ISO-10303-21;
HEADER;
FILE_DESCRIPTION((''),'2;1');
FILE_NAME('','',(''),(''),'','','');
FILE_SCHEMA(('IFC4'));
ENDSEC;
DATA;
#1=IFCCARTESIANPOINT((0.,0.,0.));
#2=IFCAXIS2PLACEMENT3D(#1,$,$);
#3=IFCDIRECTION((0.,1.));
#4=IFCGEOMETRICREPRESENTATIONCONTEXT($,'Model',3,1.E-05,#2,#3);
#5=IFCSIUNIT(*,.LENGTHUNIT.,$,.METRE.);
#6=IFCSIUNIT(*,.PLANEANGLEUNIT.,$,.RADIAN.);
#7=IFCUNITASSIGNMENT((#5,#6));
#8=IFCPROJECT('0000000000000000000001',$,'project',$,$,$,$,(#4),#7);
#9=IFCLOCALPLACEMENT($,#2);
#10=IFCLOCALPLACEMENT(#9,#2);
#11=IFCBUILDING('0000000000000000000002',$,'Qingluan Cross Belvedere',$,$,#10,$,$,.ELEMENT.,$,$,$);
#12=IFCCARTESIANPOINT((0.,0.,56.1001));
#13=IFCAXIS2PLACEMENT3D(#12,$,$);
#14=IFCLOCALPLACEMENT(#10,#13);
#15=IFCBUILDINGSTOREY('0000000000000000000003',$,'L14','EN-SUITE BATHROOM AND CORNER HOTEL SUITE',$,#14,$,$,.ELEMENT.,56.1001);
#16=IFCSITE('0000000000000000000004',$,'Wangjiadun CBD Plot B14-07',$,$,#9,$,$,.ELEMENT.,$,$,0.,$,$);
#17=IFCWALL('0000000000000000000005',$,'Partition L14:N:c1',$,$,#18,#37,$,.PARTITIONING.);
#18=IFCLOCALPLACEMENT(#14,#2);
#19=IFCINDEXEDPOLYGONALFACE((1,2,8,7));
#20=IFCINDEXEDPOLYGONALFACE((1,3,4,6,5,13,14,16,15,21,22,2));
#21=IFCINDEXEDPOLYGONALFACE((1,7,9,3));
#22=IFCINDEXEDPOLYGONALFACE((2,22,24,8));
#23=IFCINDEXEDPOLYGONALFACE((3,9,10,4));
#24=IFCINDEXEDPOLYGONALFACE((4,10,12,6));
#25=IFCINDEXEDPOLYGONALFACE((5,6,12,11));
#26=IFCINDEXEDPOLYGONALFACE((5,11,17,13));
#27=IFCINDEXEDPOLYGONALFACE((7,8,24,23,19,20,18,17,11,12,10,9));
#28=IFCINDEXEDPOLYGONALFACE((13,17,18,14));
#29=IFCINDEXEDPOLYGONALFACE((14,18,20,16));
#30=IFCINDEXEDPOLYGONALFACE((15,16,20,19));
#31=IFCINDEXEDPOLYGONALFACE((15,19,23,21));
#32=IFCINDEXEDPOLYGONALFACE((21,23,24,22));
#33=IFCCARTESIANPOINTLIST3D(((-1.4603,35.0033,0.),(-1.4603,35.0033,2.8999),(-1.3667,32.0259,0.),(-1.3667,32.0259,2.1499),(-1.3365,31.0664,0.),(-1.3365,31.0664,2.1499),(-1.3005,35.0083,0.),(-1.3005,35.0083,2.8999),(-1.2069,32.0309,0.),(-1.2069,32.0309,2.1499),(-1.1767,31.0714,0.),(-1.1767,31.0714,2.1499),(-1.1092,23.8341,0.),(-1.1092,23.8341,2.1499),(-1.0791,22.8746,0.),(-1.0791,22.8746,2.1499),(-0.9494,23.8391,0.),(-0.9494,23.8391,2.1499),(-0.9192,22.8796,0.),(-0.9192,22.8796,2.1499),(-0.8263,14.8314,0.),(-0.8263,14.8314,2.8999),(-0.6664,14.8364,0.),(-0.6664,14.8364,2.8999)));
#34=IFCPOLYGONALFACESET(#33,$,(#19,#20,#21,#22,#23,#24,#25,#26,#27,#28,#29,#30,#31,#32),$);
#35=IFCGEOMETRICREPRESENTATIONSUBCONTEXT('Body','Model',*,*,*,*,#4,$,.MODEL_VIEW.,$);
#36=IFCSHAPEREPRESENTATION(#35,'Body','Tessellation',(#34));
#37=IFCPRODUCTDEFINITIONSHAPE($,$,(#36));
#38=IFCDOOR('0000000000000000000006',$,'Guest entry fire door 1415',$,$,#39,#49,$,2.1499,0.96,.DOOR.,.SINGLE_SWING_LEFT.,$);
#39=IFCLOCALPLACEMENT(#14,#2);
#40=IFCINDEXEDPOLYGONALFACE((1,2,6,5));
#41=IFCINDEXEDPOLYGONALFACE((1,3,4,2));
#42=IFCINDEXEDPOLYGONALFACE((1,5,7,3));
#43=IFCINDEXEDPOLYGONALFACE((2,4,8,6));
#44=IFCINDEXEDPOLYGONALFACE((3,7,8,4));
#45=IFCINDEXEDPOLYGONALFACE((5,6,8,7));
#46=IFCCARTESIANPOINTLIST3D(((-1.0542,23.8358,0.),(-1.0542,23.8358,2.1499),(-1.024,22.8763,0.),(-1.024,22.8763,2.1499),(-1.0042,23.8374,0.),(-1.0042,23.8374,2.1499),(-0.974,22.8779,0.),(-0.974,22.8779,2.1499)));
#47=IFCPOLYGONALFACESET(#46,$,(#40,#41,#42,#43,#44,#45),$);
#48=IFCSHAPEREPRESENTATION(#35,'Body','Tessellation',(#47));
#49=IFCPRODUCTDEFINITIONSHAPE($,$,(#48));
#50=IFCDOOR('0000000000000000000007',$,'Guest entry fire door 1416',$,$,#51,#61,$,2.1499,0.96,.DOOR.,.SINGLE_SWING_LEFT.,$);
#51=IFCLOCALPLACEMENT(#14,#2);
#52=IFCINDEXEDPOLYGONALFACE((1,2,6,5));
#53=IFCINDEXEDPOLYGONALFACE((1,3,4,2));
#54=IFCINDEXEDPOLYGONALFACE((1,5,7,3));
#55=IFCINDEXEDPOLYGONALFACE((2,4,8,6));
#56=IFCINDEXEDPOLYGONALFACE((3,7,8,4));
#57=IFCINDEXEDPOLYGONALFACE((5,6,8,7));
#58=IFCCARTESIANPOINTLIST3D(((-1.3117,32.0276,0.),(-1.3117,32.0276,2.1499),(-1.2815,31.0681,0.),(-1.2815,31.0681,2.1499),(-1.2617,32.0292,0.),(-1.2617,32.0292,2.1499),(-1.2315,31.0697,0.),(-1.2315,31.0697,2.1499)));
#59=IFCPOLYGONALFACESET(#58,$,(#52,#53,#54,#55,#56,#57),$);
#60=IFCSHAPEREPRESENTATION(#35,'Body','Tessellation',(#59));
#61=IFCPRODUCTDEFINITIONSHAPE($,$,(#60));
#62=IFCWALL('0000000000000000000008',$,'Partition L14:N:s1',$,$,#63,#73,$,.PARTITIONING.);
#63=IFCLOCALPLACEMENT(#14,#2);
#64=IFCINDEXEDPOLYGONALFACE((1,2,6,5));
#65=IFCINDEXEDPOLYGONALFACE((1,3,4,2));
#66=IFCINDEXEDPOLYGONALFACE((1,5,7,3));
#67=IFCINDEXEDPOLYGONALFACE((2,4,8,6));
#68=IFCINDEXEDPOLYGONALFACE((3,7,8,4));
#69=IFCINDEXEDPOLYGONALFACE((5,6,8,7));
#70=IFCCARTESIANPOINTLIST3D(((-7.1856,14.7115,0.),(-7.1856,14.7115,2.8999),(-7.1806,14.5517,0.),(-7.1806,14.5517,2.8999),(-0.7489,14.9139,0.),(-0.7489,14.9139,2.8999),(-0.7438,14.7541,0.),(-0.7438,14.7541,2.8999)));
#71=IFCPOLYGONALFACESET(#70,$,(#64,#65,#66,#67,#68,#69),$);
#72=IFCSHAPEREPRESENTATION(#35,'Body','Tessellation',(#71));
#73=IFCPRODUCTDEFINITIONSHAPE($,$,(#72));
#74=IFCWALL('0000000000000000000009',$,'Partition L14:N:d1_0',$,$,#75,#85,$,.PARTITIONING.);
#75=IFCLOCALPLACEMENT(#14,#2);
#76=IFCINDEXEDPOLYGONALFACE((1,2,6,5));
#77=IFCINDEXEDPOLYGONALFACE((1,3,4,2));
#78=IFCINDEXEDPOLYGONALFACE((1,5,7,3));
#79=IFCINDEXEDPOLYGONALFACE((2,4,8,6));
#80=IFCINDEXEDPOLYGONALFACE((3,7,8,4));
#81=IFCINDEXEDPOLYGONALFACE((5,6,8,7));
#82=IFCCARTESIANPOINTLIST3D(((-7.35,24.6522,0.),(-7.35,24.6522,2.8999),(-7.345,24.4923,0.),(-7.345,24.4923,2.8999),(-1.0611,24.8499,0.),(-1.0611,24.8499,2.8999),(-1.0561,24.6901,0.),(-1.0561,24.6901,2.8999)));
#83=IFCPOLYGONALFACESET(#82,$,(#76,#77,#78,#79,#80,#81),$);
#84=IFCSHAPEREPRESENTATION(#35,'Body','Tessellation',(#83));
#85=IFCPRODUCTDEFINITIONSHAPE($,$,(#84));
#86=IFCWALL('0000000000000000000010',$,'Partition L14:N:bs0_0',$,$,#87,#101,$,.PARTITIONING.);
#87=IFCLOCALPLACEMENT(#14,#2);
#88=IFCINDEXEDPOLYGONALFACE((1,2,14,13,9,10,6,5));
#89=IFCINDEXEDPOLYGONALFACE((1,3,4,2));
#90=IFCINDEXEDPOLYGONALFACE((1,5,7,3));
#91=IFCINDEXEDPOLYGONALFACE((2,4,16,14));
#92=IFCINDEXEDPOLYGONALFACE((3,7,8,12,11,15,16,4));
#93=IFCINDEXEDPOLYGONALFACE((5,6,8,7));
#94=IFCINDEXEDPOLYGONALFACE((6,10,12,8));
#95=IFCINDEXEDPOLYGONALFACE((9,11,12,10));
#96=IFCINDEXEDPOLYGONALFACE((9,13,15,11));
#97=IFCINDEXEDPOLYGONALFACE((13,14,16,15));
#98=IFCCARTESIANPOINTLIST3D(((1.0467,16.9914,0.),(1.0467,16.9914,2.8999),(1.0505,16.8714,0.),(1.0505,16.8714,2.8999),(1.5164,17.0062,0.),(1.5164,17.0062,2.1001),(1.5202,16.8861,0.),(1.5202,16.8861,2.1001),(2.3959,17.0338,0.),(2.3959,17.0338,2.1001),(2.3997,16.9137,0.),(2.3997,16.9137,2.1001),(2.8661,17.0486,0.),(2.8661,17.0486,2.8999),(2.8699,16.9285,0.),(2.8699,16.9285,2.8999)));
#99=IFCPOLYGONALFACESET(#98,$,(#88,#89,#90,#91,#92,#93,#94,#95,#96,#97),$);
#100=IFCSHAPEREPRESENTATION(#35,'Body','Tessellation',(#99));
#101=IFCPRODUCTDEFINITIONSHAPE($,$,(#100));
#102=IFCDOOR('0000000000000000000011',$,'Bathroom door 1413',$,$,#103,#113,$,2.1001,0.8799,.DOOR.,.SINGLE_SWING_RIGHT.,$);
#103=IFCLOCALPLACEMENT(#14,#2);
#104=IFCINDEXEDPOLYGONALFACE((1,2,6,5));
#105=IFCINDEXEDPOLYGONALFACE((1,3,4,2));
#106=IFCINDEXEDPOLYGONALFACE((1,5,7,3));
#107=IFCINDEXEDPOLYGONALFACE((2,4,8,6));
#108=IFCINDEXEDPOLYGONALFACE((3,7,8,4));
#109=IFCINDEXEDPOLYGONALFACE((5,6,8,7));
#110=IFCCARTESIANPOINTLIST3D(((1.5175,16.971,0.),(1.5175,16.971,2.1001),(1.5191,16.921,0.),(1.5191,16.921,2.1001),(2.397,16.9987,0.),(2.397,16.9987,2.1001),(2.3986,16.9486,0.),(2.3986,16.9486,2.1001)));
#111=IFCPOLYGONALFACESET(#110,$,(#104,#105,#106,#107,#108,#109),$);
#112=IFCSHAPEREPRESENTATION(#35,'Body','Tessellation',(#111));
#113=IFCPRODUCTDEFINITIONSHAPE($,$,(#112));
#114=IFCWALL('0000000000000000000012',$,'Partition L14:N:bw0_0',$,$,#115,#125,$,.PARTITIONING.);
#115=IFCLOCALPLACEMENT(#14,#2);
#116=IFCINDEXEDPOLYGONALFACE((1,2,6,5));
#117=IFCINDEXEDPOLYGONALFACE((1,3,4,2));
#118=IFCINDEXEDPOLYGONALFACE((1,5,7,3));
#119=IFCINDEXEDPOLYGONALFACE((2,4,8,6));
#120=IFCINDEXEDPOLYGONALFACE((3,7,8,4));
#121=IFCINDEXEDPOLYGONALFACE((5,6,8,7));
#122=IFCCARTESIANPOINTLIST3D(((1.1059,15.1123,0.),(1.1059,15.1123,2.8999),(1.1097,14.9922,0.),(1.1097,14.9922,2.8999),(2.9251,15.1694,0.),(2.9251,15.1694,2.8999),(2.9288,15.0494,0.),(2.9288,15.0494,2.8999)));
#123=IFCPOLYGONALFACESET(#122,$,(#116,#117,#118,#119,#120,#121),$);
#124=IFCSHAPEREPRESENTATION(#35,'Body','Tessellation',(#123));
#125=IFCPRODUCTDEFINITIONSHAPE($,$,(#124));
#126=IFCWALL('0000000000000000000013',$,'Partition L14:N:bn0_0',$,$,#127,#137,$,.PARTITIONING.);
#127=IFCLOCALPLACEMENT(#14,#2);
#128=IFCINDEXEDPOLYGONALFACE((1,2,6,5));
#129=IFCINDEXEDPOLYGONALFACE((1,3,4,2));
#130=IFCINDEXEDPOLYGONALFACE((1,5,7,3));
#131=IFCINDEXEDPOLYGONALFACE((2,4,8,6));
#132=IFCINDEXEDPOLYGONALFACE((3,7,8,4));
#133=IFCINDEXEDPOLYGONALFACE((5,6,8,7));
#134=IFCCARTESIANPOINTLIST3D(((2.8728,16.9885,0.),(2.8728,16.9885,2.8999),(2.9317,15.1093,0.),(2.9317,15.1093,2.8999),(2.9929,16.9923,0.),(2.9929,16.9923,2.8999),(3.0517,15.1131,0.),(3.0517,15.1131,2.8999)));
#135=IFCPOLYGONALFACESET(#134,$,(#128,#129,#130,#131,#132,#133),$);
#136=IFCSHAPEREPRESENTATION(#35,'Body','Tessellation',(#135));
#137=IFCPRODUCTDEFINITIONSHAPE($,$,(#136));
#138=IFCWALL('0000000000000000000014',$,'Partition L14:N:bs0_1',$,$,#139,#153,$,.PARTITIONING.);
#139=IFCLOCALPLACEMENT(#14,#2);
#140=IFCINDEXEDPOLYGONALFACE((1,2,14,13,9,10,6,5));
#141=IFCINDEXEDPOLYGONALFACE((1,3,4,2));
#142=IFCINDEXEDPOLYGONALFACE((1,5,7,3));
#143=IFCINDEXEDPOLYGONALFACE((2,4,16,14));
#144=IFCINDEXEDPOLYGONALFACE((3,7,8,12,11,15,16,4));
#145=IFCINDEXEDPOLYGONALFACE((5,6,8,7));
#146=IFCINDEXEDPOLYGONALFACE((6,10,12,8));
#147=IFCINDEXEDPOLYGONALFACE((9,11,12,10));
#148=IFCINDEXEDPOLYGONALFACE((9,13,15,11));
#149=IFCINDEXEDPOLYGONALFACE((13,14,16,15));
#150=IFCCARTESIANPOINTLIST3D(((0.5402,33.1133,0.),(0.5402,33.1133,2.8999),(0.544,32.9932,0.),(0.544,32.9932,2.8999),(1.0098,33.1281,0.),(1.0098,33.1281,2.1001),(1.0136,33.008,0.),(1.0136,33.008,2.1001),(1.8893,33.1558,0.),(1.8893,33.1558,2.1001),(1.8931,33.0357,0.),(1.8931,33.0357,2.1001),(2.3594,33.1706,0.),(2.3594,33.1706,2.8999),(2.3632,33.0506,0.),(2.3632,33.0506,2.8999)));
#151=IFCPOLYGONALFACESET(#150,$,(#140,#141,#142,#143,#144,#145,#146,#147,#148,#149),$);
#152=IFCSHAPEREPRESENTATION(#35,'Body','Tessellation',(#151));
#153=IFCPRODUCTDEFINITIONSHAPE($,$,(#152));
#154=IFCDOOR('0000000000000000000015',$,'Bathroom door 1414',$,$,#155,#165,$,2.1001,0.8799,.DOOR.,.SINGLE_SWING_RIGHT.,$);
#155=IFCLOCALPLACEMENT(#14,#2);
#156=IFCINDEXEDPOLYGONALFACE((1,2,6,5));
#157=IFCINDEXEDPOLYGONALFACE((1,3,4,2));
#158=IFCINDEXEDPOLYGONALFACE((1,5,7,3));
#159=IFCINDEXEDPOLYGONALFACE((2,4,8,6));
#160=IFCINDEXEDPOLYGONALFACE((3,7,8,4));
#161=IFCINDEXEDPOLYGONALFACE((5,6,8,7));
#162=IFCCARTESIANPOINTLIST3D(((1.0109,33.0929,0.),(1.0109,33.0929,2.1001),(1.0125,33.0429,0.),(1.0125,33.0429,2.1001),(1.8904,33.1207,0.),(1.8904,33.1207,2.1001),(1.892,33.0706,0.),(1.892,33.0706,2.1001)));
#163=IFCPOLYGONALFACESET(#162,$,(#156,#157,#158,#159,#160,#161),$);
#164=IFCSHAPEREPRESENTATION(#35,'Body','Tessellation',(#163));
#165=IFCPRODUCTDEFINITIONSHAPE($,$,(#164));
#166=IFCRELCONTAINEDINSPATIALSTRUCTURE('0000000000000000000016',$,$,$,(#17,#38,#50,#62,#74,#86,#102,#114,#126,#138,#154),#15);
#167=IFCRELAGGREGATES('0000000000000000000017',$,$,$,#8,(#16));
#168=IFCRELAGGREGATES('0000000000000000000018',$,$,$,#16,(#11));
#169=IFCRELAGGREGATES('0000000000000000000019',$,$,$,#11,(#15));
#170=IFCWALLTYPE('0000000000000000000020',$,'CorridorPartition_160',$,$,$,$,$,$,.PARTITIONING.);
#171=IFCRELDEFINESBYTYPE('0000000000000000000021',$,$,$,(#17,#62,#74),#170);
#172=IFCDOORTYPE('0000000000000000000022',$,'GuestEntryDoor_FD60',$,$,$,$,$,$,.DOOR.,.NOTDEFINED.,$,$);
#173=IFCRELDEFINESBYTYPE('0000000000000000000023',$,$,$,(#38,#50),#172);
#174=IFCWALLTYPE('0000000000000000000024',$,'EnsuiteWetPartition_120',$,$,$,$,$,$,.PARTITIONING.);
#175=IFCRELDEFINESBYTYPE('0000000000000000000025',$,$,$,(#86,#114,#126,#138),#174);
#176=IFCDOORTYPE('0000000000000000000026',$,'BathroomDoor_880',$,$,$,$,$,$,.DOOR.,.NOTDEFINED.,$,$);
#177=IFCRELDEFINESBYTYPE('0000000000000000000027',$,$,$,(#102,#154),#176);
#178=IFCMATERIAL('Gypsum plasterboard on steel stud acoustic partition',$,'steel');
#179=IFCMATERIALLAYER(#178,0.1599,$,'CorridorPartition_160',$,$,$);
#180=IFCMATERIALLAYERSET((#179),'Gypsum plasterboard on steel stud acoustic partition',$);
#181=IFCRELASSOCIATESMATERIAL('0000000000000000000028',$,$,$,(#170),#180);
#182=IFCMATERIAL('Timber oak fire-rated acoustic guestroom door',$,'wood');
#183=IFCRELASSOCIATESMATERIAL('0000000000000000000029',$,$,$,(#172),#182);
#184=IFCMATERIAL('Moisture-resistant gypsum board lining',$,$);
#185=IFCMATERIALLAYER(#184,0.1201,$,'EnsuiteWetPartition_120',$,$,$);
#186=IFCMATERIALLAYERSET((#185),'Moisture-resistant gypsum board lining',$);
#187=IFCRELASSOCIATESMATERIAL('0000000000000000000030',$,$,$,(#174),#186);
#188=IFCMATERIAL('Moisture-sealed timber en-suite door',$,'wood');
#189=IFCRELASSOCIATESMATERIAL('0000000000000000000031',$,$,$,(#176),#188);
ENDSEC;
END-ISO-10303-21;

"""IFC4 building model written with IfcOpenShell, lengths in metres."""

from ifc_helpers import new_model, si_unit, direction, frame, frame_2d, origin, place, context, subcontext, project, spatial, rectangle, extrude, material, layer, layer_set, type_object, element, fill, save


model = new_model("IFC4")

# Units and contexts
model_context = context("Model", 3, precision=1e-05, world=origin(), true_north=direction((0.0, 1.0)))
body_context = subcontext(model_context, "Body", "Model", "MODEL_VIEW")
ifc_project = project(units=[si_unit("LENGTHUNIT", "METRE"), si_unit("PLANEANGLEUNIT", "RADIAN")], contexts=[model_context])

# Site, building, storey
site_placement = place(None, origin())
site = spatial("IfcSite", under=ifc_project, at=site_placement, Name="Wangjiadun CBD Plot B14-07", CompositionType="ELEMENT", RefElevation=0.0)
building_placement = place(site_placement, origin())
building = spatial("IfcBuilding", under=site, at=building_placement, Name="Qingluan Cross Belvedere", CompositionType="ELEMENT")
storey_placement = place(building_placement, frame((0.0, 0.0, 56.1001)))
storey = spatial("IfcBuildingStorey", under=building, at=storey_placement, Name="L14", Description="EN-SUITE BATHROOM AND CORNER HOTEL SUITE", CompositionType="ELEMENT", Elevation=56.1001)

# Shared definitions
ifc_material_1 = material(Name="Gypsum plasterboard on steel stud acoustic partition", Category="steel")
ifc_layer_1 = layer(ifc_material_1, 0.1599, Name="CorridorPartition_160")
ifc_layer_set_1 = layer_set([ifc_layer_1], Name="Gypsum plasterboard on steel stud acoustic partition")
wall_type_1 = type_object("IfcWallType", Name="CorridorPartition_160", PredefinedType="PARTITIONING", material=ifc_layer_set_1)
ifc_material_2 = material(Name="Timber oak fire-rated acoustic guestroom door", Category="wood")
door_type_1 = type_object("IfcDoorType", Name="GuestEntryDoor_FD60", OperationType="NOTDEFINED", PredefinedType="DOOR", material=ifc_material_2)

# Wall, openings, doors
wall_1_placement = place(storey_placement, frame((-0.7463, 14.834, 0.0), z_axis=(0.0, 0.0, 1.0), x_axis=(-0.031416, 0.999506, 0.0)))
wall_1 = element("IfcWall", 1, at=wall_1_placement, inside=storey, type_object=wall_type_1, Name="Partition L14:N:c1", PredefinedType="PARTITIONING", context=body_context, shape_type="SweptSolid", body=[
    extrude(rectangle(XDim=20.1819, YDim=0.1599, at=frame_2d((10.0908, 0.0))), origin(), (0.0, 0.0, 1.0), 2.8999),
])
opening_1_placement = place(wall_1_placement, frame((8.0471, 0.0, 0.0)))
opening_1 = element("IfcOpeningElement", 2, at=opening_1_placement, cuts=wall_1, PredefinedType="OPENING", context=body_context, shape_type="SweptSolid", body=[
    extrude(rectangle(XDim=0.96, YDim=2.1499, at=frame_2d((0.48, 1.075))), frame((0.0, 0.0898, 0.0), z_axis=(0.0, -1.0, 0.0), x_axis=(1.0, 0.0, 0.0)), (0.0, 0.0, 1.0), 0.1799),
])
opening_2_placement = place(wall_1_placement, frame((16.2429, 0.0, 0.0)))
opening_2 = element("IfcOpeningElement", 3, at=opening_2_placement, cuts=wall_1, PredefinedType="OPENING", context=body_context, shape_type="SweptSolid", body=[
    extrude(rectangle(XDim=0.96, YDim=2.1499, at=frame_2d((0.48, 1.075))), frame((0.0, 0.0898, 0.0), z_axis=(0.0, -1.0, 0.0), x_axis=(1.0, 0.0, 0.0)), (0.0, 0.0, 1.0), 0.1799),
])
door_1_placement = place(opening_1_placement, origin())
door_1 = element("IfcDoor", 4, at=door_1_placement, inside=storey, type_object=door_type_1, Name="Guest entry fire door 1415", OperationType="SINGLE_SWING_LEFT", OverallHeight=2.1499, OverallWidth=0.96, PredefinedType="DOOR", context=body_context, shape_type="SweptSolid", body=[
    extrude(rectangle(XDim=0.96, YDim=2.1499, at=frame_2d((0.48, 1.075))), frame((0.0, 0.0249, 0.0), z_axis=(0.0, -1.0, 0.0), x_axis=(1.0, 0.0, 0.0)), (0.0, 0.0, 1.0), 0.05),
])
fill(opening_1, door_1)
door_2_placement = place(opening_2_placement, origin())
door_2 = element("IfcDoor", 5, at=door_2_placement, inside=storey, type_object=door_type_1, Name="Guest entry fire door 1416", OperationType="SINGLE_SWING_LEFT", OverallHeight=2.1499, OverallWidth=0.96, PredefinedType="DOOR", context=body_context, shape_type="SweptSolid", body=[
    extrude(rectangle(XDim=0.96, YDim=2.1499, at=frame_2d((0.48, 1.075))), frame((0.0, 0.0249, 0.0), z_axis=(0.0, -1.0, 0.0), x_axis=(1.0, 0.0, 0.0)), (0.0, 0.0, 1.0), 0.05),
])
fill(opening_2, door_2)

# Walls
wall_2_placement = place(storey_placement, frame((-0.7463, 14.834, 0.0), z_axis=(0.0, 0.0, 1.0), x_axis=(-0.999506, -0.031428, 0.0)))
element("IfcWall", 6, at=wall_2_placement, inside=storey, type_object=wall_type_1, Name="Partition L14:N:s1", PredefinedType="PARTITIONING", context=body_context, shape_type="SweptSolid", body=[
    extrude(rectangle(XDim=6.4399, YDim=0.1599, at=frame_2d((3.22, 0.0))), origin(), (0.0, 0.0, 1.0), 2.8999),
])
wall_3_placement = place(storey_placement, frame((-1.0586, 24.77, 0.0), z_axis=(0.0, 0.0, 1.0), x_axis=(-0.999506, -0.03143, 0.0)))
element("IfcWall", 7, at=wall_3_placement, inside=storey, type_object=wall_type_1, Name="Partition L14:N:d1_0", PredefinedType="PARTITIONING", context=body_context, shape_type="SweptSolid", body=[
    extrude(rectangle(XDim=6.292, YDim=0.1599, at=frame_2d((3.146, 0.0))), origin(), (0.0, 0.0, 1.0), 2.8999),
])

# Wall, opening, door
ifc_material_3 = material(Name="Moisture-resistant gypsum board lining")
ifc_layer_2 = layer(ifc_material_3, 0.1201, Name="EnsuiteWetPartition_120")
ifc_layer_set_2 = layer_set([ifc_layer_2], Name="Moisture-resistant gypsum board lining")
wall_type_2 = type_object("IfcWallType", Name="EnsuiteWetPartition_120", PredefinedType="PARTITIONING", material=ifc_layer_set_2)
wall_4_placement = place(storey_placement, frame((1.0486, 16.9314, 0.0), z_axis=(0.0, 0.0, 1.0), x_axis=(0.999507, 0.031385, 0.0)))
wall_4 = element("IfcWall", 8, at=wall_4_placement, inside=storey, type_object=wall_type_2, Name="Partition L14:N:bs0_0", PredefinedType="PARTITIONING", context=body_context, shape_type="SweptSolid", body=[
    extrude(rectangle(XDim=1.8203, YDim=0.1201, at=frame_2d((0.9102, 0.0))), origin(), (0.0, 0.0, 1.0), 2.8999),
])
opening_3_placement = place(wall_4_placement, frame((0.47, 0.0, 0.0)))
opening_3 = element("IfcOpeningElement", 9, at=opening_3_placement, cuts=wall_4, PredefinedType="OPENING", context=body_context, shape_type="SweptSolid", body=[
    extrude(rectangle(XDim=0.8799, YDim=2.1001, at=frame_2d((0.4399, 1.05))), frame((0.0, 0.0701, 0.0), z_axis=(0.0, -1.0, 0.0), x_axis=(1.0, 0.0, 0.0)), (0.0, 0.0, 1.0), 0.1401),
])
ifc_material_4 = material(Name="Moisture-sealed timber en-suite door", Category="wood")
door_type_2 = type_object("IfcDoorType", Name="BathroomDoor_880", OperationType="NOTDEFINED", PredefinedType="DOOR", material=ifc_material_4)
door_3_placement = place(opening_3_placement, origin())
door_3 = element("IfcDoor", 10, at=door_3_placement, inside=storey, type_object=door_type_2, Name="Bathroom door 1413", OperationType="SINGLE_SWING_RIGHT", OverallHeight=2.1001, OverallWidth=0.8799, PredefinedType="DOOR", context=body_context, shape_type="SweptSolid", body=[
    extrude(rectangle(XDim=0.8799, YDim=2.1001, at=frame_2d((0.4399, 1.05))), frame((0.0, 0.0249, 0.0), z_axis=(0.0, -1.0, 0.0), x_axis=(1.0, 0.0, 0.0)), (0.0, 0.0, 1.0), 0.05),
])
fill(opening_3, door_3)

# Walls
wall_5_placement = place(storey_placement, frame((1.1077, 15.0522, 0.0), z_axis=(0.0, 0.0, 1.0), x_axis=(0.999507, 0.03139, 0.0)))
element("IfcWall", 11, at=wall_5_placement, inside=storey, type_object=wall_type_2, Name="Partition L14:N:bw0_0", PredefinedType="PARTITIONING", context=body_context, shape_type="SweptSolid", body=[
    extrude(rectangle(XDim=1.8201, YDim=0.1201, at=frame_2d((0.9102, 0.0))), origin(), (0.0, 0.0, 1.0), 2.8999),
])
wall_6_placement = place(storey_placement, frame((2.9917, 15.1113, 0.0), z_axis=(0.0, 0.0, 1.0), x_axis=(-0.031296, 0.99951, 0.0)))
element("IfcWall", 12, at=wall_6_placement, inside=storey, type_object=wall_type_2, Name="Partition L14:N:bn0_0", PredefinedType="PARTITIONING", context=body_context, shape_type="SweptSolid", body=[
    extrude(rectangle(XDim=1.8801, YDim=0.1201, at=frame_2d((0.9399, 0.0))), origin(), (0.0, 0.0, 1.0), 2.8999),
])

# Wall, opening, door
wall_7_placement = place(storey_placement, frame((0.542, 33.0532, 0.0), z_axis=(0.0, 0.0, 1.0), x_axis=(0.999503, 0.031524, 0.0)))
wall_7 = element("IfcWall", 13, at=wall_7_placement, inside=storey, type_object=wall_type_2, Name="Partition L14:N:bs0_1", PredefinedType="PARTITIONING", context=body_context, shape_type="SweptSolid", body=[
    extrude(rectangle(XDim=1.8201, YDim=0.1201, at=frame_2d((0.9102, 0.0))), origin(), (0.0, 0.0, 1.0), 2.8999),
])
opening_4_placement = place(wall_7_placement, frame((0.47, 0.0, 0.0)))
opening_4 = element("IfcOpeningElement", 14, at=opening_4_placement, cuts=wall_7, PredefinedType="OPENING", context=body_context, shape_type="SweptSolid", body=[
    extrude(rectangle(XDim=0.8799, YDim=2.1001, at=frame_2d((0.4399, 1.05))), frame((0.0, 0.0701, 0.0), z_axis=(0.0, -1.0, 0.0), x_axis=(1.0, 0.0, 0.0)), (0.0, 0.0, 1.0), 0.1401),
])
door_4_placement = place(opening_4_placement, origin())
door_4 = element("IfcDoor", 15, at=door_4_placement, inside=storey, type_object=door_type_2, Name="Bathroom door 1414", OperationType="SINGLE_SWING_RIGHT", OverallHeight=2.1001, OverallWidth=0.8799, PredefinedType="DOOR", context=body_context, shape_type="SweptSolid", body=[
    extrude(rectangle(XDim=0.8799, YDim=2.1001, at=frame_2d((0.4399, 1.05))), frame((0.0, 0.0249, 0.0), z_axis=(0.0, -1.0, 0.0), x_axis=(1.0, 0.0, 0.0)), (0.0, 0.0, 1.0), 0.05),
])
fill(opening_4, door_4)

save(model, "model.ifc")
